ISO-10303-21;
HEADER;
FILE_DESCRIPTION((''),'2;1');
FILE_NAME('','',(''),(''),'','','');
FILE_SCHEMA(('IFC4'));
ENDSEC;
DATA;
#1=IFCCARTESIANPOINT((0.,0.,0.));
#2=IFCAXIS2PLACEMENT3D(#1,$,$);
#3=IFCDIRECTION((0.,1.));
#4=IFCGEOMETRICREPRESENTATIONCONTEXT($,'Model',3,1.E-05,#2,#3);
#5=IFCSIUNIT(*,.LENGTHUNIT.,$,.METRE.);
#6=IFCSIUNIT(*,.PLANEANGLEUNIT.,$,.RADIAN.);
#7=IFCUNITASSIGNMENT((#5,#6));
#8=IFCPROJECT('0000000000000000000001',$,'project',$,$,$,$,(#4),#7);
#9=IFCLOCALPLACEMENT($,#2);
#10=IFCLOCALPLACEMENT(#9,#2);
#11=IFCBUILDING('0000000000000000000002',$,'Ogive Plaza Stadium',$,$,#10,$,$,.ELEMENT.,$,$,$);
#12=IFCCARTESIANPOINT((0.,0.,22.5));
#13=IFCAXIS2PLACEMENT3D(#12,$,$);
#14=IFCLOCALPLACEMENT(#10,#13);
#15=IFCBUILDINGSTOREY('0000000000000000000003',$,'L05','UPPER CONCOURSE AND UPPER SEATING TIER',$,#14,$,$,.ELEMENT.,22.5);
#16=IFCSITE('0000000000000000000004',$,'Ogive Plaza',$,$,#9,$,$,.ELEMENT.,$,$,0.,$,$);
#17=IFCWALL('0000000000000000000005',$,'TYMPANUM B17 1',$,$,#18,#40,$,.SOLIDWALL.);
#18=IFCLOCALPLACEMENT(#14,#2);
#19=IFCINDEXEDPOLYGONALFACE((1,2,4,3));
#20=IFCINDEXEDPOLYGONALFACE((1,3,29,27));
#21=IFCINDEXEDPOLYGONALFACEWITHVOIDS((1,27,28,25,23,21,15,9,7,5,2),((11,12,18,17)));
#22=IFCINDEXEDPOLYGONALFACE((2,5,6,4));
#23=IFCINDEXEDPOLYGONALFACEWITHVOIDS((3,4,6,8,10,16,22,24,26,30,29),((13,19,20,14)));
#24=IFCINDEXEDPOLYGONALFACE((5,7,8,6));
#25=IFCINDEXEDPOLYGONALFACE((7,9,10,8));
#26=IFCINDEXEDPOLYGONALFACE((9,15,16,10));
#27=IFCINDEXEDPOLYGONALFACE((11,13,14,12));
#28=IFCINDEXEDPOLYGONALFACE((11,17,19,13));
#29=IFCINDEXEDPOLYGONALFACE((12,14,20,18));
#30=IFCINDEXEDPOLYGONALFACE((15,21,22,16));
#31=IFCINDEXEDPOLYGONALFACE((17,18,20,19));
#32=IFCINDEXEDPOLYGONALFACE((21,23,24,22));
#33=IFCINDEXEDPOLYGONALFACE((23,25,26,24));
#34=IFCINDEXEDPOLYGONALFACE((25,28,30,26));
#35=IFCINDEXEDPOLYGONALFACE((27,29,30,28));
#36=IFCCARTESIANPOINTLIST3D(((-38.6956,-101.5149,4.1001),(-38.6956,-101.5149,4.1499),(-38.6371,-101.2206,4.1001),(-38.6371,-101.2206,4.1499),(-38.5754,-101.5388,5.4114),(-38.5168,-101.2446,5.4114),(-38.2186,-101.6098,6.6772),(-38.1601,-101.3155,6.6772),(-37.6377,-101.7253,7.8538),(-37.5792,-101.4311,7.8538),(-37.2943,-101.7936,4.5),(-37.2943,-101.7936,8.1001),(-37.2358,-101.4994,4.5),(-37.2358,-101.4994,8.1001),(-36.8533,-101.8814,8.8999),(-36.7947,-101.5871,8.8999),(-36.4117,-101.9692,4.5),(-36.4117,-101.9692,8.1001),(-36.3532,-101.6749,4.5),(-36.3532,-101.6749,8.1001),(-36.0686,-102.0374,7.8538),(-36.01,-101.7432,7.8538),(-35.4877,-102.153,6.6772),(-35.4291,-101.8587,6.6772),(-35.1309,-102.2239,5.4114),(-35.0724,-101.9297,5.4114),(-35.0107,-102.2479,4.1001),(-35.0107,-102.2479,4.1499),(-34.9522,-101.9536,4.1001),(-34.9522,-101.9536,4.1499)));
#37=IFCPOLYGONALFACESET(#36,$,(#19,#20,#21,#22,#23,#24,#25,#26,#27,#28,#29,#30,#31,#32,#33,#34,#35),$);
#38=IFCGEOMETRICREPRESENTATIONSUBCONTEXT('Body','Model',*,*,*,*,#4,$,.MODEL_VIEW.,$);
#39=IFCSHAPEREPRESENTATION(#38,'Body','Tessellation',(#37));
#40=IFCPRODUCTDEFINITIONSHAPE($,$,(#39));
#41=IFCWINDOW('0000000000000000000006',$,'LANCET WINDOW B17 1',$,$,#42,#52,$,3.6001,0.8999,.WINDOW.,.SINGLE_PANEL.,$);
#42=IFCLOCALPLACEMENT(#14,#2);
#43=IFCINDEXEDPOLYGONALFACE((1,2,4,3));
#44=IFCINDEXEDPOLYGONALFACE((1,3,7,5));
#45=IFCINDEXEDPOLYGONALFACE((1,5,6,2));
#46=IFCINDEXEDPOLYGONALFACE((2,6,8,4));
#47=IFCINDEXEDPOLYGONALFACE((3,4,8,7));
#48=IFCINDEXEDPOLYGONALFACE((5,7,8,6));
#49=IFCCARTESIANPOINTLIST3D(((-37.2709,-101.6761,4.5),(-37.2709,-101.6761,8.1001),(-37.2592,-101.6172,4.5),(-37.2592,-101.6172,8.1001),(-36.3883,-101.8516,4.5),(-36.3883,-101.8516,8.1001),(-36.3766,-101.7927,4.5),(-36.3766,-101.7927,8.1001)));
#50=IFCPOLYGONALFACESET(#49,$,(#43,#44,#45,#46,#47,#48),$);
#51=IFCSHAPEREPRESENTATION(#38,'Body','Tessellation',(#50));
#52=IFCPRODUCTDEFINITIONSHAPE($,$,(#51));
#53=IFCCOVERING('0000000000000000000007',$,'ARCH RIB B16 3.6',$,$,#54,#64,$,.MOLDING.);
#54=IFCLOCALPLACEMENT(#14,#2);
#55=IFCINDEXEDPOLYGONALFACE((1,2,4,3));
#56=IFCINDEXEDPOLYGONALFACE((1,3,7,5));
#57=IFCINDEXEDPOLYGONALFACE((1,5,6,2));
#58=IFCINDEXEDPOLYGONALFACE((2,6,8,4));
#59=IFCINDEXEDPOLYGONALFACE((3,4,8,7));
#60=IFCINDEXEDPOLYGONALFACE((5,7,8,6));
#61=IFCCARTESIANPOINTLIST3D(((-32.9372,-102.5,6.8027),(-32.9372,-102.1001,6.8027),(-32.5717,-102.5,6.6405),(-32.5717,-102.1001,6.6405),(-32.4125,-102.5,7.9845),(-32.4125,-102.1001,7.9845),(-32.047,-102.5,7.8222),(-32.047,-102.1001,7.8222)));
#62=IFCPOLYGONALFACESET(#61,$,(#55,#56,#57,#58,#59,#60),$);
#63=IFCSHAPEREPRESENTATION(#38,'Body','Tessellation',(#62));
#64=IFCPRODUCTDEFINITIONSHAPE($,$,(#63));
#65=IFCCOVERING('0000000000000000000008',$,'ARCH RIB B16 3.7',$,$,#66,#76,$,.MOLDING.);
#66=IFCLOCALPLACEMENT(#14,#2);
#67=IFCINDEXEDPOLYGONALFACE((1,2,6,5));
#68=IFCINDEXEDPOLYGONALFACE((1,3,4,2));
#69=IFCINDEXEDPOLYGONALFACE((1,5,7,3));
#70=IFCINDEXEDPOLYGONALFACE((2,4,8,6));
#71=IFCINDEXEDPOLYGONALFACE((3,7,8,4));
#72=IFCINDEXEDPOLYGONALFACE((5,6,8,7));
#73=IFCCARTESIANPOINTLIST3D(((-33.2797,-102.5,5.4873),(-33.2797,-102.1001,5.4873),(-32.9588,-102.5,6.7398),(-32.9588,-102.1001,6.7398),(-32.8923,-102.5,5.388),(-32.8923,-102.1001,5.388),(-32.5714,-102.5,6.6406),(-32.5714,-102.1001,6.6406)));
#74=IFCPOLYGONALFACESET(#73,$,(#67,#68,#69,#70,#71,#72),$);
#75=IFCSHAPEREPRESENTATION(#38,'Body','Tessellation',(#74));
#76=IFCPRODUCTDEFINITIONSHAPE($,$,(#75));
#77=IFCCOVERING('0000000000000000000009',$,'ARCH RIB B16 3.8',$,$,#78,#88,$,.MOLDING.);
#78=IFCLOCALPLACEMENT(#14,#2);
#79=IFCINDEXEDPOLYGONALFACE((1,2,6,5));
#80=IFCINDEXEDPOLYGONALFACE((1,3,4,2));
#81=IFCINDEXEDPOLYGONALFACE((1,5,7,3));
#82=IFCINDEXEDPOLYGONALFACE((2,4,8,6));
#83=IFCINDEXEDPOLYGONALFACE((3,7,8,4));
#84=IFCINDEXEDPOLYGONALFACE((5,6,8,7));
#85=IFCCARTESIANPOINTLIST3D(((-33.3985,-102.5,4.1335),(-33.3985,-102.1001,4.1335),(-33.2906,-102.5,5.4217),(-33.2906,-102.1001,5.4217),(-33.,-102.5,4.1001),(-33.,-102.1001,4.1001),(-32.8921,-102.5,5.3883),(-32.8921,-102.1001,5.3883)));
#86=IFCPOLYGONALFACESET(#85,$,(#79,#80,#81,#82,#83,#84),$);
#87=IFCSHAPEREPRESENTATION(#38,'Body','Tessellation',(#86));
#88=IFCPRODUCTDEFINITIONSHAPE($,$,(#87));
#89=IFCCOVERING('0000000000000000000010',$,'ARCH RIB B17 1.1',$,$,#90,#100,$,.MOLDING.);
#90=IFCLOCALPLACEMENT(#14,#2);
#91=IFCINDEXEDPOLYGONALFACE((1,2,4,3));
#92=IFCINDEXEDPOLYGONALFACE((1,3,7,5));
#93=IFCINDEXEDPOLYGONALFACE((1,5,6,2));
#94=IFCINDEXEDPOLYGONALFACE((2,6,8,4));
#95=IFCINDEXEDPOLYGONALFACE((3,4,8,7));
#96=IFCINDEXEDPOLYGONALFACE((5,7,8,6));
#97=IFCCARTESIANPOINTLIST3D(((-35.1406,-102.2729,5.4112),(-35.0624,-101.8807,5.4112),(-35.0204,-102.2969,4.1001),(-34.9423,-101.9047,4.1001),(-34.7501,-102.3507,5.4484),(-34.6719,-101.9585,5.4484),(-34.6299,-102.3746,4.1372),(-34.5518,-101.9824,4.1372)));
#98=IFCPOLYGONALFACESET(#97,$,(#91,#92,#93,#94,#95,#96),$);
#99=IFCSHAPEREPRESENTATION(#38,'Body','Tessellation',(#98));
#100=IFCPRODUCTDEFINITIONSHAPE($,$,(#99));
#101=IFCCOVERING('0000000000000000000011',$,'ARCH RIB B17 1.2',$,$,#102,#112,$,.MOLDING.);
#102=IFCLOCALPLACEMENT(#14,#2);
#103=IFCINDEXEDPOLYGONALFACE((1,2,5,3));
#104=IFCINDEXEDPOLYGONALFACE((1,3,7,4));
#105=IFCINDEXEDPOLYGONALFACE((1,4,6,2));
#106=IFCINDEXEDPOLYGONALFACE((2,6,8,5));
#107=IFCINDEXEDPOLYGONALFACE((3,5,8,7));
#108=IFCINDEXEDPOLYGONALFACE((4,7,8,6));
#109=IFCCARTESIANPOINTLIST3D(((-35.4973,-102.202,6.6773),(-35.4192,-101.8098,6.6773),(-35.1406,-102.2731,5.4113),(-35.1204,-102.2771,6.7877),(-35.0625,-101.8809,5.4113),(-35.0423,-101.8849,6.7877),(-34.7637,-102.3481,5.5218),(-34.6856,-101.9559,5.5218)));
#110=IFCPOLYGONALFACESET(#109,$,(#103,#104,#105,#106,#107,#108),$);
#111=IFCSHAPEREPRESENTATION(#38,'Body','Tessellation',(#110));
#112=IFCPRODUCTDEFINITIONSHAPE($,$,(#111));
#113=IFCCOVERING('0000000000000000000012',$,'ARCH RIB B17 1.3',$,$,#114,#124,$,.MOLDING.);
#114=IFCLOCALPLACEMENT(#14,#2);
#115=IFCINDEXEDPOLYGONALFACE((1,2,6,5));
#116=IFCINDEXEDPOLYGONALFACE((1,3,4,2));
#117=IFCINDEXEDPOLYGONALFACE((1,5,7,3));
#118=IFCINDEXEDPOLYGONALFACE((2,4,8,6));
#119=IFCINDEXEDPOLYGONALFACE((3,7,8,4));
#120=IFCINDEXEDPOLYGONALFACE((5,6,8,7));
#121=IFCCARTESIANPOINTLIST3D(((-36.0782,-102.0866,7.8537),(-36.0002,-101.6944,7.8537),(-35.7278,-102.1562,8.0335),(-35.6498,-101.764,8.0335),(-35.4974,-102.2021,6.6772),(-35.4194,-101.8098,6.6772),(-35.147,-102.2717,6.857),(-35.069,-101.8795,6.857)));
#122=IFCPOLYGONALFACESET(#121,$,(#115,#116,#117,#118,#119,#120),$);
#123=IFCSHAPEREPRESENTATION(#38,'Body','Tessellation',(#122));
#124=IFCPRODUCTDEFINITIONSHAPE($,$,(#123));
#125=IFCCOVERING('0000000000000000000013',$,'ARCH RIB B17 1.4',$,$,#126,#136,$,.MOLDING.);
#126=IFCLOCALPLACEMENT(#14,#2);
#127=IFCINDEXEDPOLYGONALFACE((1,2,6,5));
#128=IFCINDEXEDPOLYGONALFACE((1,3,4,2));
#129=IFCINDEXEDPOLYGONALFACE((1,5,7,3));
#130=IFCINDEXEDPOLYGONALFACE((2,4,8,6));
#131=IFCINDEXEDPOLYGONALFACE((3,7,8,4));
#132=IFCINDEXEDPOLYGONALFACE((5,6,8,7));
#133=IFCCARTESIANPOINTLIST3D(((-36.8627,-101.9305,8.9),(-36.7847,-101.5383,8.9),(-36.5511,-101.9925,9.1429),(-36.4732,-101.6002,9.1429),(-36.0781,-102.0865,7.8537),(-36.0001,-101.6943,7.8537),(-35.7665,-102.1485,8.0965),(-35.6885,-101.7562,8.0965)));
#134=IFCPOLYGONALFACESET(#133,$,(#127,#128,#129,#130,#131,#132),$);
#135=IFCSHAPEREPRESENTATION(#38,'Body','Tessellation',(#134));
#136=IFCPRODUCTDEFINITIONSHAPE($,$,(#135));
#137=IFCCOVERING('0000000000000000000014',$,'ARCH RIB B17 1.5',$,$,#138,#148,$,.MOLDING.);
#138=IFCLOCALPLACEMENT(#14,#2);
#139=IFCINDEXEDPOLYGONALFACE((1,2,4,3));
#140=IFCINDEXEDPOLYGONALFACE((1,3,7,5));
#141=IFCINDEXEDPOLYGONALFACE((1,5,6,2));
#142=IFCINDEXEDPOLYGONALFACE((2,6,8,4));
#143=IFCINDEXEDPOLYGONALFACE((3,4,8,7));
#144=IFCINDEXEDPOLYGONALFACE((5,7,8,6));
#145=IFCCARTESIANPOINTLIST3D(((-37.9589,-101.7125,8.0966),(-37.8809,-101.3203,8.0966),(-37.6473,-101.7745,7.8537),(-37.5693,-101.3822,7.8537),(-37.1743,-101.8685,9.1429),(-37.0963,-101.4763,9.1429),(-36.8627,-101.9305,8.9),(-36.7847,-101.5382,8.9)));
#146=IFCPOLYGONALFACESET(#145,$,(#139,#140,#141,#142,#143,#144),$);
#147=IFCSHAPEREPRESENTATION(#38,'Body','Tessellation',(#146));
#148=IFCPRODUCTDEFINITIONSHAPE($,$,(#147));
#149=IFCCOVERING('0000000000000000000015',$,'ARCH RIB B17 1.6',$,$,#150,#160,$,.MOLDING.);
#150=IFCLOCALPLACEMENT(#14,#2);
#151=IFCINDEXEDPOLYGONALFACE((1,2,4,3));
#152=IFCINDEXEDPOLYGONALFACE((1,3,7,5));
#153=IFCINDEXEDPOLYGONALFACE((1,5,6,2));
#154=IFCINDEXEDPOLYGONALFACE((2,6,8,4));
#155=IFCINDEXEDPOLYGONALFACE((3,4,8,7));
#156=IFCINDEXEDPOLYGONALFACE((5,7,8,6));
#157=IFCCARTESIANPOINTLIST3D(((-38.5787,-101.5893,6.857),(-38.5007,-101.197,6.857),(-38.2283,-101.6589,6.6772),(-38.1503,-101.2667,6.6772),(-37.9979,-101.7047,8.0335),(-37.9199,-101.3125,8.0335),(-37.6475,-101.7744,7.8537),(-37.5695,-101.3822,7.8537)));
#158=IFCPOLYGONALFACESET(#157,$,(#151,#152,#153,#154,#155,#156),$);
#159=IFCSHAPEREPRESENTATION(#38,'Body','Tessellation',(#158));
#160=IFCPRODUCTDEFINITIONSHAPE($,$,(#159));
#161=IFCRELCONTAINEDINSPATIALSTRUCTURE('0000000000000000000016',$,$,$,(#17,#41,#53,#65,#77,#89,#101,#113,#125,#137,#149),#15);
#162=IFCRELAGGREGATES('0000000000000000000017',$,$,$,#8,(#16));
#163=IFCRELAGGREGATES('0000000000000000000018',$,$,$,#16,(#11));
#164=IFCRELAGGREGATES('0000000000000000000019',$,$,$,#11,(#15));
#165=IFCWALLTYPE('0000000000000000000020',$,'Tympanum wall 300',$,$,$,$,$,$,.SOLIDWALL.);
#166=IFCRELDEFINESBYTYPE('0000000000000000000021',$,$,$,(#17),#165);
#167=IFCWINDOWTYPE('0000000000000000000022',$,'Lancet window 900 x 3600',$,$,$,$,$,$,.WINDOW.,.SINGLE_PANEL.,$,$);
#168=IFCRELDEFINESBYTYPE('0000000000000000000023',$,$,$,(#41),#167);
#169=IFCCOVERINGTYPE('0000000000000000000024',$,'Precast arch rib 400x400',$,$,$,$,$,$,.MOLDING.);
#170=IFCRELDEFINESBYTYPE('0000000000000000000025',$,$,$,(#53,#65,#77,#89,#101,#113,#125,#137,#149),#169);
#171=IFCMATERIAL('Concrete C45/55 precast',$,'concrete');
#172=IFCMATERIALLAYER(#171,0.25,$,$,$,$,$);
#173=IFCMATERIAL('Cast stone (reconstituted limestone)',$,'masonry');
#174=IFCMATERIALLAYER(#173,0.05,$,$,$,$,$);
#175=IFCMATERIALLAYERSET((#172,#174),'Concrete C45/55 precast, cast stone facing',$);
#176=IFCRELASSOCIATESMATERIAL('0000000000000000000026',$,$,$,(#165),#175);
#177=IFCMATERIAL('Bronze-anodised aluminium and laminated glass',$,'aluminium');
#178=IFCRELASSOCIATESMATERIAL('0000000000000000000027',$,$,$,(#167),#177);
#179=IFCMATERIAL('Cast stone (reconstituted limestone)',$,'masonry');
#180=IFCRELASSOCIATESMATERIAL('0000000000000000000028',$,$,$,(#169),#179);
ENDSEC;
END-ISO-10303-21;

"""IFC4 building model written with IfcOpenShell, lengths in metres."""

from ifc_helpers import new_model, si_unit, direction, frame, frame_2d, origin, origin_2d, place, context, subcontext, project, spatial, polyline, rectangle, outline, extrude, material, layer, layer_set, material_profile, profile_set, type_object, element, fill, save


model = new_model("IFC4")

# Units and contexts
model_context = context("Model", 3, precision=1e-05, world=origin(), true_north=direction((0.0, 1.0)))
body_context = subcontext(model_context, "Body", "Model", "MODEL_VIEW")
ifc_project = project(units=[si_unit("LENGTHUNIT", "METRE"), si_unit("PLANEANGLEUNIT", "RADIAN")], contexts=[model_context])

# Site, building, storey
site_placement = place(None, origin())
site = spatial("IfcSite", under=ifc_project, at=site_placement, Name="Ogive Plaza", CompositionType="ELEMENT", RefElevation=0.0)
building_placement = place(site_placement, origin())
building = spatial("IfcBuilding", under=site, at=building_placement, Name="Ogive Plaza Stadium", CompositionType="ELEMENT")
storey_placement = place(building_placement, frame((0.0, 0.0, 22.5)))
storey = spatial("IfcBuildingStorey", under=building, at=storey_placement, Name="L05", Description="UPPER CONCOURSE AND UPPER SEATING TIER", CompositionType="ELEMENT", Elevation=22.5)

# Wall, opening, window
ifc_material_1 = material(Name="Concrete C45/55 precast", Category="concrete")
ifc_layer_1 = layer(ifc_material_1, 0.25)
ifc_material_2 = material(Name="Cast stone (reconstituted limestone)", Category="masonry")
ifc_layer_2 = layer(ifc_material_2, 0.05)
ifc_layer_set_1 = layer_set([ifc_layer_1, ifc_layer_2], Name="Concrete C45/55 precast, cast stone facing")
wall_type = type_object("IfcWallType", Name="Tympanum wall 300", PredefinedType="SOLIDWALL", material=ifc_layer_set_1)
wall_placement = place(storey_placement, frame((-34.9814, -102.1008, 4.1001), z_axis=(0.0, 0.0, 1.0), x_axis=(-0.980788, 0.195079, 0.0)))
wall = element("IfcWall", 1, at=wall_placement, inside=storey, type_object=wall_type, Name="TYMPANUM B17 1", PredefinedType="SOLIDWALL", context=body_context, shape_type="SweptSolid", body=[
    extrude(outline(polyline([(0.0, 0.0), (3.7571, 0.0), (3.7571, 0.0498), (3.6345, 1.3113), (3.2708, 2.5771), (2.6785, 3.7537), (1.8787, 4.7998), (1.0786, 3.7537), (0.4863, 2.5771), (0.1226, 1.3113), (0.0, 0.0498), (0.0, 0.0)])), frame((0.0, 0.1499, 0.0), z_axis=(0.0, -1.0, 0.0), x_axis=(1.0, 0.0, 0.0)), (0.0, 0.0, 1.0), 0.3),
])
opening_placement = place(wall_placement, frame((1.4285, 0.0, 0.3999)))
opening = element("IfcOpeningElement", 2, at=opening_placement, cuts=wall, PredefinedType="OPENING", context=body_context, shape_type="SweptSolid", body=[
    extrude(rectangle(XDim=0.8999, YDim=3.6001, at=frame_2d((0.45, 1.8))), frame((0.0, 0.1602, 0.0), z_axis=(0.0, -1.0, 0.0), x_axis=(1.0, 0.0, 0.0)), (0.0, 0.0, 1.0), 0.3201),
])
ifc_material_3 = material(Name="Bronze-anodised aluminium and laminated glass", Category="aluminium")
window_type = type_object("IfcWindowType", Name="Lancet window 900 x 3600", PartitioningType="SINGLE_PANEL", PredefinedType="WINDOW", material=ifc_material_3)
window_placement = place(opening_placement, origin())
window = element("IfcWindow", 3, at=window_placement, inside=storey, type_object=window_type, Name="LANCET WINDOW B17 1", OverallHeight=3.6001, OverallWidth=0.8999, PartitioningType="SINGLE_PANEL", PredefinedType="WINDOW", context=body_context, shape_type="SweptSolid", body=[
    extrude(rectangle(XDim=0.8999, YDim=3.6001, at=frame_2d((0.45, 1.8))), frame((0.0, 0.03, 0.0), z_axis=(0.0, -1.0, 0.0), x_axis=(1.0, 0.0, 0.0)), (0.0, 0.0, 1.0), 0.0601),
])
fill(opening, window)

# Coverings
ifc_material_4 = material(Name="Cast stone (reconstituted limestone)", Category="masonry")
ifc_material_profile_1 = material_profile(ifc_material_4, rectangle(XDim=0.3999, YDim=0.3999, at=origin_2d()), Name="Cast stone 400x400")
ifc_profile_set_1 = profile_set([ifc_material_profile_1], Name="Cast stone (reconstituted limestone)")
covering_type = type_object("IfcCoveringType", Name="Precast arch rib 400x400", PredefinedType="MOLDING", material=ifc_profile_set_1)
for number, where, z_axis, x_axis, name in (
    (4, (-32.2297, -102.3, 7.9033), (-0.405806, 0.0, -0.913959), (0.0, -1.0, 0.0), "ARCH RIB B16 3.6"),
    (5, (-32.7651, -102.3, 6.6902), (-0.24813, 0.0, -0.968727), (0.0, -1.0, 0.0), "ARCH RIB B16 3.7"),
):
    element("IfcCovering", number, at=place(storey_placement, frame(where, z_axis=z_axis, x_axis=x_axis)), inside=storey, type_object=covering_type, Name=name, PredefinedType="MOLDING", context=body_context, shape_type="SweptSolid", body=[
        extrude(rectangle(XDim=0.3999, YDim=0.3999, at=origin_2d()), origin(), (0.0, 0.0, 1.0), 1.293),
    ])
covering_1_placement = place(storey_placement, frame((-33.0913, -102.3, 5.405), z_axis=(-0.083467, 0.0, -0.996511), x_axis=(0.0, -1.0, 0.0)))
element("IfcCovering", 6, at=covering_1_placement, inside=storey, type_object=covering_type, Name="ARCH RIB B16 3.8", PredefinedType="MOLDING", context=body_context, shape_type="SweptSolid", body=[
    extrude(rectangle(XDim=0.3999, YDim=0.3999, at=origin_2d()), origin(), (0.0, 0.0, 1.0), 1.2927),
])
covering_2_placement = place(storey_placement, frame((-34.7861, -102.1396, 4.1187), z_axis=(-0.091206, 0.018167, 0.995666), x_axis=(-0.195349, -0.980734, 0.0)))
element("IfcCovering", 7, at=covering_2_placement, inside=storey, type_object=covering_type, Name="ARCH RIB B17 1.1", PredefinedType="MOLDING", context=body_context, shape_type="SweptSolid", body=[
    extrude(rectangle(XDim=0.3999, YDim=0.3999, at=origin_2d()), origin(), (0.0, 0.0, 1.0), 1.3169),
])
for number, where, z_axis, x_axis, name in (
    (8, (-34.9131, -102.1145, 5.4666), (-0.270818, 0.053941, 0.961118), (-0.195342, -0.980735, 0.0), "ARCH RIB B17 1.2"),
    (9, (-35.2832, -102.0408, 6.7671), (-0.440963, 0.087674, 0.893233), (-0.195006, -0.980802, 0.0), "ARCH RIB B17 1.3"),
    (10, (-35.8833, -101.9214, 7.9751), (-0.595717, 0.118439, 0.794414), (-0.195001, -0.980803, 0.0), "ARCH RIB B17 1.4"),
    (11, (-36.9795, -101.7034, 9.0215), (-0.595717, 0.118439, -0.794414), (-0.195001, -0.980803, 0.0), "ARCH RIB B17 1.5"),
    (12, (-37.7837, -101.5435, 7.9436), (-0.440963, 0.087674, -0.893233), (-0.195006, -0.980802, 0.0), "ARCH RIB B17 1.6"),
):
    element("IfcCovering", number, at=place(storey_placement, frame(where, z_axis=z_axis, x_axis=x_axis)), inside=storey, type_object=covering_type, Name=name, PredefinedType="MOLDING", context=body_context, shape_type="SweptSolid", body=[
        extrude(rectangle(XDim=0.3999, YDim=0.3999, at=origin_2d()), origin(), (0.0, 0.0, 1.0), 1.3171),
    ])

save(model, "model.ifc")
